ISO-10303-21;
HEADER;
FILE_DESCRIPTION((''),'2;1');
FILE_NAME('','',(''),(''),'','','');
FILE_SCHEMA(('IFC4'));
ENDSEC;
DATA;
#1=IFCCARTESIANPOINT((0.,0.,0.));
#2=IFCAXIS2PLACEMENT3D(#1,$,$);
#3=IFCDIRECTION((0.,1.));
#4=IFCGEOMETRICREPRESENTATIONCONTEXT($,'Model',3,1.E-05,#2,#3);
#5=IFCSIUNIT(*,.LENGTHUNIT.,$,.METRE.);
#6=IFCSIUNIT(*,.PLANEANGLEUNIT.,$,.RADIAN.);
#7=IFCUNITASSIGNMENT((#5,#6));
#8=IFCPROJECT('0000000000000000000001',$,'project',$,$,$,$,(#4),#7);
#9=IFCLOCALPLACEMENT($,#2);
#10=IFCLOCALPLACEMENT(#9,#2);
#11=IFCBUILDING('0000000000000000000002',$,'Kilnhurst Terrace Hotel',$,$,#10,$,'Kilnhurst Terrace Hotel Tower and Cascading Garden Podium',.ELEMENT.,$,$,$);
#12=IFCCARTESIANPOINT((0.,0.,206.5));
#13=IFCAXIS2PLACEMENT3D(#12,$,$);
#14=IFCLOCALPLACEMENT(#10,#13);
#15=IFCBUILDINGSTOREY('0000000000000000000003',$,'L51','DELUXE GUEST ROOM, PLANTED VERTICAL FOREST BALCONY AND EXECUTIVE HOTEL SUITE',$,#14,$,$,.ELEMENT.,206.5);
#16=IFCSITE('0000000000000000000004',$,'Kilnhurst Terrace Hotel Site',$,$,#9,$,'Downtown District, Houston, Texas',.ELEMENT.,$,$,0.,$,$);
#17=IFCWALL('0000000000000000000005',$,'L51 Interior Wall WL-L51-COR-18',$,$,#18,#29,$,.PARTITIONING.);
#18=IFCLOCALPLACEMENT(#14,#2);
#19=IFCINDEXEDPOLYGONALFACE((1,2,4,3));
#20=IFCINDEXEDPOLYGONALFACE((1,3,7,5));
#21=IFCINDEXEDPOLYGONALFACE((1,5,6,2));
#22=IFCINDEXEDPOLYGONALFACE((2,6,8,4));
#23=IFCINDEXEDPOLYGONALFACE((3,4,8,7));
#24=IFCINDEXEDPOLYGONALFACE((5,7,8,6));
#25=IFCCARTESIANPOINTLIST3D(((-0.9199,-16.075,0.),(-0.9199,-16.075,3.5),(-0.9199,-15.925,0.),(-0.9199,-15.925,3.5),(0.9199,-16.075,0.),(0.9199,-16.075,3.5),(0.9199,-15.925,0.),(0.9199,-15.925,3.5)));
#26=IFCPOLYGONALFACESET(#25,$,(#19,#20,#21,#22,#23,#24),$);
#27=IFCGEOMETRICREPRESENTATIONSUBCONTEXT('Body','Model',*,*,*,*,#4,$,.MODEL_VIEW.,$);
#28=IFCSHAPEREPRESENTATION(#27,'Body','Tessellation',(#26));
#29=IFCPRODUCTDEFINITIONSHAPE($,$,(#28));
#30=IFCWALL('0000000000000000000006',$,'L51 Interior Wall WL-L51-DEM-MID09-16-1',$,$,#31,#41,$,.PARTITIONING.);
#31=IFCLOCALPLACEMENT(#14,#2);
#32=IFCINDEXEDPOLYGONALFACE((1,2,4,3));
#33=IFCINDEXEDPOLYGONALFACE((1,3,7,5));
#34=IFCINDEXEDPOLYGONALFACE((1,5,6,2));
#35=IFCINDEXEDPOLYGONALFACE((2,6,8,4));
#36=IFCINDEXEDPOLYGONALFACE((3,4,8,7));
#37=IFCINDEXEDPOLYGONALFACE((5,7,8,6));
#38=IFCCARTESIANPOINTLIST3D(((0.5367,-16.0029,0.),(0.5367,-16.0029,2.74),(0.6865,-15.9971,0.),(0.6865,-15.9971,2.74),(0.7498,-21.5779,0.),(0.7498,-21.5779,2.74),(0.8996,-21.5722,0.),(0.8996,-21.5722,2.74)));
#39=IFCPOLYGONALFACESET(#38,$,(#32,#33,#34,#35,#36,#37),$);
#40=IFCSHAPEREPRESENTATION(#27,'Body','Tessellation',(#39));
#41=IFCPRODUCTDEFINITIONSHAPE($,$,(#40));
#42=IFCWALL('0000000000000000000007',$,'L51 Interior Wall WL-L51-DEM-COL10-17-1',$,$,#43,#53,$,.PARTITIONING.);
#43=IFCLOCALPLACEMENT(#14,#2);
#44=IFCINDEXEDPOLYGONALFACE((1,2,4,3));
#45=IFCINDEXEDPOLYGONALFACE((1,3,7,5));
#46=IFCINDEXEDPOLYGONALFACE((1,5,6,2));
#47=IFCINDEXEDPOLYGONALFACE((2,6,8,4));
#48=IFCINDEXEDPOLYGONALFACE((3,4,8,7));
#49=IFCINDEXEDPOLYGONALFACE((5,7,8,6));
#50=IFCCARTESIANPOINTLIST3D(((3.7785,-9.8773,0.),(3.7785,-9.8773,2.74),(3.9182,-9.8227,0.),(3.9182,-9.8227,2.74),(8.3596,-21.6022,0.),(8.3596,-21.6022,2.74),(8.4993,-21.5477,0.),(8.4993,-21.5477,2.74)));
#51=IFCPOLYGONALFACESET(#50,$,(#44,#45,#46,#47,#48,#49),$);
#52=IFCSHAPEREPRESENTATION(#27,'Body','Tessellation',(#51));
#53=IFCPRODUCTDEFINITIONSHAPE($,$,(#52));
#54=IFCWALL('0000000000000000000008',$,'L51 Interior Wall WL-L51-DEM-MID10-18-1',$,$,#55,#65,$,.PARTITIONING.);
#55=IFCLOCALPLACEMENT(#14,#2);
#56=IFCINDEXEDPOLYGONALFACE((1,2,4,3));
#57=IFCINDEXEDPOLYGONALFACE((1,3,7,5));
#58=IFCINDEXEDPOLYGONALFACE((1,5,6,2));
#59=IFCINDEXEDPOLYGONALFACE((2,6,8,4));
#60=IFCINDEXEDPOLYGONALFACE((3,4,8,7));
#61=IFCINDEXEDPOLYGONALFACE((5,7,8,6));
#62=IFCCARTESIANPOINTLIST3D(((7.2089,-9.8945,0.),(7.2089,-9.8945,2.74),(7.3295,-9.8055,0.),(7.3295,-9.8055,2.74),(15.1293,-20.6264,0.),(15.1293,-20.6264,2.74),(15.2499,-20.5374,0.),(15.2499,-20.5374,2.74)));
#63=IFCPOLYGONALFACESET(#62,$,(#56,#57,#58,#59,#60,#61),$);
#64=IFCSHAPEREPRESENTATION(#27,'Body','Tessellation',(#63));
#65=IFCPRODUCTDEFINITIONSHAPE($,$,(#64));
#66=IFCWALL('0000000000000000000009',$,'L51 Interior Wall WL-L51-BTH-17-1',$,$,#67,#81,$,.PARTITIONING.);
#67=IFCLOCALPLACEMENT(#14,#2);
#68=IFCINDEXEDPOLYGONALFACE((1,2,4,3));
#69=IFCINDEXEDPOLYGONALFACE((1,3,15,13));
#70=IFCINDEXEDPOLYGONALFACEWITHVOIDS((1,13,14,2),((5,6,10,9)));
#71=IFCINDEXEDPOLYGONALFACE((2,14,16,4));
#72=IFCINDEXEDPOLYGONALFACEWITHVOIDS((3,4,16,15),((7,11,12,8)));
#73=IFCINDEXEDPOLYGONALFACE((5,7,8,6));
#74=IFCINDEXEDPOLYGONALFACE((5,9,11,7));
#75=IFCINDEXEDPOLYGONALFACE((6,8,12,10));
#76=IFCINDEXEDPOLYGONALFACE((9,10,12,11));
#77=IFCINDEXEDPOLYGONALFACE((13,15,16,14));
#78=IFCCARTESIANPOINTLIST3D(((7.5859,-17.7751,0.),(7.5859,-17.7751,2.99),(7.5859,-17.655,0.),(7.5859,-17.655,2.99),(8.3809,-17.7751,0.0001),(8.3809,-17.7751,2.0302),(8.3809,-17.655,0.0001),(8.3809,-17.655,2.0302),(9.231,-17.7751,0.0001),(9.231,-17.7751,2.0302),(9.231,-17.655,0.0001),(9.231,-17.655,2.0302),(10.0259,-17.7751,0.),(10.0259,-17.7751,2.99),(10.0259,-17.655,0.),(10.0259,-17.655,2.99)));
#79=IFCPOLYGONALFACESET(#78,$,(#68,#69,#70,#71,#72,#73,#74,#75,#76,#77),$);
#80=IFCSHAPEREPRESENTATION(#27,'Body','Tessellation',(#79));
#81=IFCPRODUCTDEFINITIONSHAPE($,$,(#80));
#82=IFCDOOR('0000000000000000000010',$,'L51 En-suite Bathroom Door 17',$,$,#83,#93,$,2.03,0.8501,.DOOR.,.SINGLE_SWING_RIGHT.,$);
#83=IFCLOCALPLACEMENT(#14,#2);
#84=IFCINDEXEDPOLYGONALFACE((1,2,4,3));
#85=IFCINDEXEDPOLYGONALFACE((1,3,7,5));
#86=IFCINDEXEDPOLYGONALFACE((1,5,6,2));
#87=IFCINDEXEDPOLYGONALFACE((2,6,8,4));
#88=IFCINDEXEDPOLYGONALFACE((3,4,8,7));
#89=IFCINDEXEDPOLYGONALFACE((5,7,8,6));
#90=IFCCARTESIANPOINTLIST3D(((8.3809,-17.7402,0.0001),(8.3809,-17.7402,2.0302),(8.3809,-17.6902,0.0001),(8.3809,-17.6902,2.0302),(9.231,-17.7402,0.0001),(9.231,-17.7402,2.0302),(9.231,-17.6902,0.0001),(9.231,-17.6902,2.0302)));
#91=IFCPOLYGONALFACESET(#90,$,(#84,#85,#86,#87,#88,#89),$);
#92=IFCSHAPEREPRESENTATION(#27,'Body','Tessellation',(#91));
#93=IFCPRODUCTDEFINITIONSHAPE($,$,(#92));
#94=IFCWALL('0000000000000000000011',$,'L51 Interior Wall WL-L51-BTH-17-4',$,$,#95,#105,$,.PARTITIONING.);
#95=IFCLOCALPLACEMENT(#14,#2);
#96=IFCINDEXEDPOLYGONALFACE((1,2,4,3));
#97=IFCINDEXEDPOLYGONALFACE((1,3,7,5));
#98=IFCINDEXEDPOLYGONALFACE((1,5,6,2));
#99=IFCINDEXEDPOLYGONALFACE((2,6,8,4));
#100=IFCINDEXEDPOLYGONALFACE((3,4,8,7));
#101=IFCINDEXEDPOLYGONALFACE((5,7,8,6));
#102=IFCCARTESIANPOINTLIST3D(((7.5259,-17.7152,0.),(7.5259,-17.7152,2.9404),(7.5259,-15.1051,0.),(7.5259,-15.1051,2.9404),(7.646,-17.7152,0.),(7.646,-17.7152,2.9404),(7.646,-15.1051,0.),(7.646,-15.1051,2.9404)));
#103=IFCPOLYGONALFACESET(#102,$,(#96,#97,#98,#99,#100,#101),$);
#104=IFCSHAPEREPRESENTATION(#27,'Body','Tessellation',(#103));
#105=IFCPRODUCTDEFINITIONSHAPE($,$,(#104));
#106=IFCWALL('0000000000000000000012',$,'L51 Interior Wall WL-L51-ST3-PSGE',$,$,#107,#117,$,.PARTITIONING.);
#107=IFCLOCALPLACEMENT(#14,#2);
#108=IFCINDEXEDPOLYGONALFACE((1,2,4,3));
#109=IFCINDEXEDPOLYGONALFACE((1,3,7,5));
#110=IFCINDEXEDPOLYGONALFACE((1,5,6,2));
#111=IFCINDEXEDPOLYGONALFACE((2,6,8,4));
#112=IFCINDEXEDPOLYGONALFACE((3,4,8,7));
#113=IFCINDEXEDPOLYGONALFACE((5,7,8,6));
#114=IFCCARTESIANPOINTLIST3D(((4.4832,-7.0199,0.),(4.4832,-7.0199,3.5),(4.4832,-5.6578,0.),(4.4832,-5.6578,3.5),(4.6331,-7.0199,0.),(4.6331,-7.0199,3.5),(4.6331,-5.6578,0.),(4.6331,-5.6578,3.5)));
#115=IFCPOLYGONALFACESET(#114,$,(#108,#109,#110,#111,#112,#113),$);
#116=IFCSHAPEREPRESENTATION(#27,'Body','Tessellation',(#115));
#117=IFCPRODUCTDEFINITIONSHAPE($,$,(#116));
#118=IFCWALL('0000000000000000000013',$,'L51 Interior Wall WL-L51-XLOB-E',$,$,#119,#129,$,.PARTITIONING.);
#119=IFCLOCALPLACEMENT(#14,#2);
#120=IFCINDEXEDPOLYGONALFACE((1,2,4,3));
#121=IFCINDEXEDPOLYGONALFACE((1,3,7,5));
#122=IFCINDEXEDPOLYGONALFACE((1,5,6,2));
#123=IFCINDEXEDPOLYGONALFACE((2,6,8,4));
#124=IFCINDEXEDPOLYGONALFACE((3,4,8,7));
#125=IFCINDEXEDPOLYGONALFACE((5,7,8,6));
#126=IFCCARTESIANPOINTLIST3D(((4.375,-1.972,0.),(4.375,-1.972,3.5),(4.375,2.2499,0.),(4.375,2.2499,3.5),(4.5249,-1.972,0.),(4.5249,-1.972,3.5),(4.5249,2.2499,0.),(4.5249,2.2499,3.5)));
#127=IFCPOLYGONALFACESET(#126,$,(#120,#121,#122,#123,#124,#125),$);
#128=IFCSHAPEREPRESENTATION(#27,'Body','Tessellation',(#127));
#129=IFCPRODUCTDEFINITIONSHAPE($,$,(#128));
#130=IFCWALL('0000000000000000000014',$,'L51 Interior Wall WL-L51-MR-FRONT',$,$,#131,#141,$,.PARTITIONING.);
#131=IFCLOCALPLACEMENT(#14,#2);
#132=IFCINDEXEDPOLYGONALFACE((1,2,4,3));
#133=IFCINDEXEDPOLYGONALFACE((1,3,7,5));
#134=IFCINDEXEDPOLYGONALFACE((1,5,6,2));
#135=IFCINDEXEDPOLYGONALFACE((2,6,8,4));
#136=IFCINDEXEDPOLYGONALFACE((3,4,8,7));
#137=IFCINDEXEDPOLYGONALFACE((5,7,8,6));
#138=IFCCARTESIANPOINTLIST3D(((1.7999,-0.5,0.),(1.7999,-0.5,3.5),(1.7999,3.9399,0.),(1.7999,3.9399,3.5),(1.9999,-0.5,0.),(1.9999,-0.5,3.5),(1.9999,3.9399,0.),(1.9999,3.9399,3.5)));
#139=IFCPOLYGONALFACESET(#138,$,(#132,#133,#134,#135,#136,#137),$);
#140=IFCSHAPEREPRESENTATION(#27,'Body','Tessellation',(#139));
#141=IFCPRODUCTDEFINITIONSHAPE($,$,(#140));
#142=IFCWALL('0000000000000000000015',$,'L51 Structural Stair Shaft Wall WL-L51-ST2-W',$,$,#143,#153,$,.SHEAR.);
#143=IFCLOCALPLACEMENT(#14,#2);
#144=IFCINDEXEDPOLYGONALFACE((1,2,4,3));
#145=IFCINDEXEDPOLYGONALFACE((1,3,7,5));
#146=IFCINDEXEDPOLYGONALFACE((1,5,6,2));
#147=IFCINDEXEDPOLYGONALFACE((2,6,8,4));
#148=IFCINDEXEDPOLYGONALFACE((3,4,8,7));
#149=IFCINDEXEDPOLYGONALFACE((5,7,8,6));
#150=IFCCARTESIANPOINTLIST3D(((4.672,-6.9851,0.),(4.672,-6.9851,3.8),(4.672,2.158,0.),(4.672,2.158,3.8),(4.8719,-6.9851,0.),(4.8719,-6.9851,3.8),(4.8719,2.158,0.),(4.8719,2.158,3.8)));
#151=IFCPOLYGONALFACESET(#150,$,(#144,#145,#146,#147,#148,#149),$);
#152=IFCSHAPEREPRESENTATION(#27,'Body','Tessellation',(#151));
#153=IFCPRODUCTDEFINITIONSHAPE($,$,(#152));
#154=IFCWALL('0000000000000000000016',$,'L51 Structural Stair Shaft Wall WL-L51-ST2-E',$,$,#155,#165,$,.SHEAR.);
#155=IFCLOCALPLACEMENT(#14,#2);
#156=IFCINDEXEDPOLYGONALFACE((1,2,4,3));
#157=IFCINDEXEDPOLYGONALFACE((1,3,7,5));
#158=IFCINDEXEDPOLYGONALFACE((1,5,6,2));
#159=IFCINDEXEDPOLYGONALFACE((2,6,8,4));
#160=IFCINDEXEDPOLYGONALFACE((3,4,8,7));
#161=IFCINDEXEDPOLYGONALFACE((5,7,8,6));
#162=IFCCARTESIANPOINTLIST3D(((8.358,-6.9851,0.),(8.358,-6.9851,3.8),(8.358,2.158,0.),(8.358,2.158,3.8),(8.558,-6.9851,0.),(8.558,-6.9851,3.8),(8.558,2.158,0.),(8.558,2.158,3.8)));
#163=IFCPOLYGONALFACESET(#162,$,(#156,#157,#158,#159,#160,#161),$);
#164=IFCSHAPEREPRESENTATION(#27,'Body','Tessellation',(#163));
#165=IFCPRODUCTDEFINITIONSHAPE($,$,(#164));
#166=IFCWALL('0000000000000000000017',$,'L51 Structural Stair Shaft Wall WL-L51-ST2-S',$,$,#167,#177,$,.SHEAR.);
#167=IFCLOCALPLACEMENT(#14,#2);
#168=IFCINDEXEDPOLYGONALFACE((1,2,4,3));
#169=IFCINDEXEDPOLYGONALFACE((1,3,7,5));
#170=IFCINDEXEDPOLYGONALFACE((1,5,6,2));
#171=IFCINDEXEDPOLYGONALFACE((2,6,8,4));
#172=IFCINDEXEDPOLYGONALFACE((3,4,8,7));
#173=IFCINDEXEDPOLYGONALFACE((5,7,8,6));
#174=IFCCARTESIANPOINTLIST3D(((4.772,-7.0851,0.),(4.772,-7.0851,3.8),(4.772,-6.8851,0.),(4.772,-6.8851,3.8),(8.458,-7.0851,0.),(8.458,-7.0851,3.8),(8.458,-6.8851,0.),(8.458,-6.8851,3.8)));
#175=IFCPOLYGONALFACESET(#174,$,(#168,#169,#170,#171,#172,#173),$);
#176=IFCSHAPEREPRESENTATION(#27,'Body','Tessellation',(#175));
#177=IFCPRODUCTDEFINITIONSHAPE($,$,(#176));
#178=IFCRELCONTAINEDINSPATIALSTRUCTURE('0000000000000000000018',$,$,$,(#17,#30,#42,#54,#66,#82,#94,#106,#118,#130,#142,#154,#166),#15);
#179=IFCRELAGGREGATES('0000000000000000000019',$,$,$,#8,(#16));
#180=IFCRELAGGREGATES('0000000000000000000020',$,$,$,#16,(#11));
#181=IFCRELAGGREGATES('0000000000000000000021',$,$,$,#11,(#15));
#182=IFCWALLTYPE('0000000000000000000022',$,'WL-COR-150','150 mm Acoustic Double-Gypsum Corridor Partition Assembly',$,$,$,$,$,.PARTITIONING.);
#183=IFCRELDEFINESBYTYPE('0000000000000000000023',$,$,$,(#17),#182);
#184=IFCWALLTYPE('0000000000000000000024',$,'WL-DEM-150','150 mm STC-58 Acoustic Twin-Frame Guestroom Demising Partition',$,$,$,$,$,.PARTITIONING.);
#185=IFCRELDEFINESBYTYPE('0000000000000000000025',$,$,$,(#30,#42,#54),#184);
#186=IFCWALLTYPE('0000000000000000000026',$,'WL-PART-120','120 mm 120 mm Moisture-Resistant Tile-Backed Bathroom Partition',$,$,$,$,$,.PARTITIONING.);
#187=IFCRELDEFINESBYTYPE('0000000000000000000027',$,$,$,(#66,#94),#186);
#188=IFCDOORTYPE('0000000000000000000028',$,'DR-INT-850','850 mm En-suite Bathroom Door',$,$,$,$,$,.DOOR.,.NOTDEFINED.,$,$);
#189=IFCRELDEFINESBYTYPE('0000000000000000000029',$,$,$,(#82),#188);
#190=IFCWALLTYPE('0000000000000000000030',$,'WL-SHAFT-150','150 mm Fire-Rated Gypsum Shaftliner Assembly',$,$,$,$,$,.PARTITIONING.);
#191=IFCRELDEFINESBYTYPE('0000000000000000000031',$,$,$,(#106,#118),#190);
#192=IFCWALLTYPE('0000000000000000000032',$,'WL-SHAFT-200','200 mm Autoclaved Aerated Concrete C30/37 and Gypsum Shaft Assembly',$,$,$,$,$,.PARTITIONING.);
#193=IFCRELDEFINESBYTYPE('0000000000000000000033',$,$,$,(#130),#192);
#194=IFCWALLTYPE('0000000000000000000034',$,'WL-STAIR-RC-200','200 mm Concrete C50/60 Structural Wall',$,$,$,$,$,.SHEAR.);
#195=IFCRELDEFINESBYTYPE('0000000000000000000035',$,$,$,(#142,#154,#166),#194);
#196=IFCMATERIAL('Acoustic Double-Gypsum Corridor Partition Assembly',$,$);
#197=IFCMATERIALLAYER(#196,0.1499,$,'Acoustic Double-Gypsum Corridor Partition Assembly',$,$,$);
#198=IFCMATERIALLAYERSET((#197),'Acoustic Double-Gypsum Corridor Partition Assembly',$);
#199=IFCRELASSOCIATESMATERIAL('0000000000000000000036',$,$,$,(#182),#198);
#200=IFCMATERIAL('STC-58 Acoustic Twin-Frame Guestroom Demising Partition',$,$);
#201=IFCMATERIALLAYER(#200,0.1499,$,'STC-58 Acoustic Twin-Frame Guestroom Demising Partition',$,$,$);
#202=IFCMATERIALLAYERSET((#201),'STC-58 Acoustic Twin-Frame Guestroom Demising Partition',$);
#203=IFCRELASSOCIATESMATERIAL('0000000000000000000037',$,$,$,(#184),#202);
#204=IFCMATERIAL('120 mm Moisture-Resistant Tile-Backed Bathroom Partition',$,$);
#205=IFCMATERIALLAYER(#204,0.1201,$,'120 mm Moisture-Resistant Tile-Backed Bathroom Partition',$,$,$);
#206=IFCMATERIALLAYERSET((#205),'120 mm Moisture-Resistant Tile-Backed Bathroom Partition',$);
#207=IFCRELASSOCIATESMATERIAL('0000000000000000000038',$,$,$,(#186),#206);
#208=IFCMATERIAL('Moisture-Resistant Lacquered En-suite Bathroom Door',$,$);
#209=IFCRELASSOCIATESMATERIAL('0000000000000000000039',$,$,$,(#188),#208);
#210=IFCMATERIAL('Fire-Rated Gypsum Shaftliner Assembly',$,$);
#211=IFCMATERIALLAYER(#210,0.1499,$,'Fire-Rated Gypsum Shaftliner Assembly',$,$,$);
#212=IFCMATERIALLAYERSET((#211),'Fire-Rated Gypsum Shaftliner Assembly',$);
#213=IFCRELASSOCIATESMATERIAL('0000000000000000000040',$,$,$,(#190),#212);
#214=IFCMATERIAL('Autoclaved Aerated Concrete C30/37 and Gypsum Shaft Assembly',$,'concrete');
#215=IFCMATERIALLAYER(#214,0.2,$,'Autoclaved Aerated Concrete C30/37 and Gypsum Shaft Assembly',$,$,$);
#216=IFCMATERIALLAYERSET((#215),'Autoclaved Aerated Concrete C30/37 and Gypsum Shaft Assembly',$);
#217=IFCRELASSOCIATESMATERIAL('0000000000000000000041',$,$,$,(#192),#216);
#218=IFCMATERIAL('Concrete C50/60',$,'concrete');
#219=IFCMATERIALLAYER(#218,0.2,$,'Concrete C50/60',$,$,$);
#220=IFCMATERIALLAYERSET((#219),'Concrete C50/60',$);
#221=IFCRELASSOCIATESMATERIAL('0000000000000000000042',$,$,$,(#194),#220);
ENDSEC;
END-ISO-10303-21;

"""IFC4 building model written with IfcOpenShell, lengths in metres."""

from ifc_helpers import new_model, si_unit, direction, frame, frame_2d, origin, place, context, subcontext, project, spatial, rectangle, extrude, material, layer, layer_set, type_object, element, fill, save


model = new_model("IFC4")

# Units and contexts
model_context = context("Model", 3, precision=1e-05, world=origin(), true_north=direction((0.0, 1.0)))
body_context = subcontext(model_context, "Body", "Model", "MODEL_VIEW")
ifc_project = project(units=[si_unit("LENGTHUNIT", "METRE"), si_unit("PLANEANGLEUNIT", "RADIAN")], contexts=[model_context])

# Site, building, storey
site_placement = place(None, origin())
site = spatial("IfcSite", under=ifc_project, at=site_placement, Name="Kilnhurst Terrace Hotel Site", LongName="Downtown District, Houston, Texas", CompositionType="ELEMENT", RefElevation=0.0)
building_placement = place(site_placement, origin())
building = spatial("IfcBuilding", under=site, at=building_placement, Name="Kilnhurst Terrace Hotel", LongName="Kilnhurst Terrace Hotel Tower and Cascading Garden Podium", CompositionType="ELEMENT")
storey_placement = place(building_placement, frame((0.0, 0.0, 206.5)))
storey = spatial("IfcBuildingStorey", under=building, at=storey_placement, Name="L51", Description="DELUXE GUEST ROOM, PLANTED VERTICAL FOREST BALCONY AND EXECUTIVE HOTEL SUITE", CompositionType="ELEMENT", Elevation=206.5)

# Shared definitions
ifc_material_1 = material(Name="Concrete C50/60", Category="concrete")

# Walls
ifc_material_2 = material(Name="Acoustic Double-Gypsum Corridor Partition Assembly")
ifc_layer_1 = layer(ifc_material_2, 0.1499, Name="Acoustic Double-Gypsum Corridor Partition Assembly")
ifc_layer_set_1 = layer_set([ifc_layer_1], Name="Acoustic Double-Gypsum Corridor Partition Assembly")
wall_type_1 = type_object("IfcWallType", Name="WL-COR-150", Description="150 mm Acoustic Double-Gypsum Corridor Partition Assembly", PredefinedType="PARTITIONING", material=ifc_layer_set_1)
wall_1_placement = place(storey_placement, frame((0.9199, -16.0, 0.0), z_axis=(0.0, 0.0, 1.0), x_axis=(-1.0, 0.0, 0.0)))
element("IfcWall", 1, at=wall_1_placement, inside=storey, type_object=wall_type_1, Name="L51 Interior Wall WL-L51-COR-18", PredefinedType="PARTITIONING", context=body_context, shape_type="SweptSolid", body=[
    extrude(rectangle(XDim=1.8398, YDim=0.1499, at=frame_2d((0.9199, 0.0))), origin(), (0.0, 0.0, 1.0), 3.5),
])
ifc_material_3 = material(Name="STC-58 Acoustic Twin-Frame Guestroom Demising Partition")
ifc_layer_2 = layer(ifc_material_3, 0.1499, Name="STC-58 Acoustic Twin-Frame Guestroom Demising Partition")
ifc_layer_set_2 = layer_set([ifc_layer_2], Name="STC-58 Acoustic Twin-Frame Guestroom Demising Partition")
wall_type_2 = type_object("IfcWallType", Name="WL-DEM-150", Description="150 mm STC-58 Acoustic Twin-Frame Guestroom Demising Partition", PredefinedType="PARTITIONING", material=ifc_layer_set_2)
wall_2_placement = place(storey_placement, frame((0.6116, -16.0, 0.0), z_axis=(0.0, 0.0, 1.0), x_axis=(0.038203, -0.99927, 0.0)))
element("IfcWall", 2, at=wall_2_placement, inside=storey, type_object=wall_type_2, Name="L51 Interior Wall WL-L51-DEM-MID09-16-1", PredefinedType="PARTITIONING", context=body_context, shape_type="SweptSolid", body=[
    extrude(rectangle(XDim=5.5791, YDim=0.1499, at=frame_2d((2.7896, 0.0))), origin(), (0.0, 0.0, 1.0), 2.74),
])
wall_3_placement = place(storey_placement, frame((3.8484, -9.8501, 0.0), z_axis=(0.0, 0.0, 1.0), x_axis=(0.363922, -0.93143, 0.0)))
element("IfcWall", 3, at=wall_3_placement, inside=storey, type_object=wall_type_2, Name="L51 Interior Wall WL-L51-DEM-COL10-17-1", PredefinedType="PARTITIONING", context=body_context, shape_type="SweptSolid", body=[
    extrude(rectangle(XDim=12.5881, YDim=0.1499, at=frame_2d((6.2939, 0.0))), origin(), (0.0, 0.0, 1.0), 2.74),
])
wall_4_placement = place(storey_placement, frame((7.2693, -9.8501, 0.0), z_axis=(0.0, 0.0, 1.0), x_axis=(0.593814, -0.804602, 0.0)))
element("IfcWall", 4, at=wall_4_placement, inside=storey, type_object=wall_type_2, Name="L51 Interior Wall WL-L51-DEM-MID10-18-1", PredefinedType="PARTITIONING", context=body_context, shape_type="SweptSolid", body=[
    extrude(rectangle(XDim=13.3381, YDim=0.1499, at=frame_2d((6.6689, 0.0))), origin(), (0.0, 0.0, 1.0), 2.74),
])

# Wall, opening, door
ifc_material_4 = material(Name="120 mm Moisture-Resistant Tile-Backed Bathroom Partition")
ifc_layer_3 = layer(ifc_material_4, 0.1201, Name="120 mm Moisture-Resistant Tile-Backed Bathroom Partition")
ifc_layer_set_3 = layer_set([ifc_layer_3], Name="120 mm Moisture-Resistant Tile-Backed Bathroom Partition")
wall_type_3 = type_object("IfcWallType", Name="WL-PART-120", Description="120 mm 120 mm Moisture-Resistant Tile-Backed Bathroom Partition", PredefinedType="PARTITIONING", material=ifc_layer_set_3)
wall_5_placement = place(storey_placement, frame((7.5859, -17.7151, 0.0), z_axis=(0.0, 0.0, 1.0), x_axis=(1.0, 0.0, 0.0)))
wall_5 = element("IfcWall", 5, at=wall_5_placement, inside=storey, type_object=wall_type_3, Name="L51 Interior Wall WL-L51-BTH-17-1", PredefinedType="PARTITIONING", context=body_context, shape_type="SweptSolid", body=[
    extrude(rectangle(XDim=2.4399, YDim=0.1201, at=frame_2d((1.22, 0.0))), origin(), (0.0, 0.0, 1.0), 2.99),
])
opening_placement = place(wall_5_placement, frame((0.7949, 0.0, 0.0)))
opening = element("IfcOpeningElement", 6, at=opening_placement, cuts=wall_5, PredefinedType="OPENING", context=body_context, shape_type="SweptSolid", body=[
    extrude(rectangle(XDim=0.8501, YDim=2.03, at=frame_2d((0.425, 1.0151))), frame((0.0, 0.0701, 0.0), z_axis=(0.0, -1.0, 0.0), x_axis=(1.0, 0.0, 0.0)), (0.0, 0.0, 1.0), 0.1401),
])
ifc_material_5 = material(Name="Moisture-Resistant Lacquered En-suite Bathroom Door")
door_type = type_object("IfcDoorType", Name="DR-INT-850", Description="850 mm En-suite Bathroom Door", OperationType="NOTDEFINED", PredefinedType="DOOR", material=ifc_material_5)
door_placement = place(opening_placement, origin())
door = element("IfcDoor", 7, at=door_placement, inside=storey, type_object=door_type, Name="L51 En-suite Bathroom Door 17", OperationType="SINGLE_SWING_RIGHT", OverallHeight=2.03, OverallWidth=0.8501, PredefinedType="DOOR", context=body_context, shape_type="SweptSolid", body=[
    extrude(rectangle(XDim=0.8501, YDim=2.03, at=frame_2d((0.425, 1.0151))), frame((0.0, 0.0249, 0.0), z_axis=(0.0, -1.0, 0.0), x_axis=(1.0, 0.0, 0.0)), (0.0, 0.0, 1.0), 0.05),
])
fill(opening, door)

# Walls
wall_6_placement = place(storey_placement, frame((7.5859, -15.105, 0.0), z_axis=(0.0, 0.0, 1.0), x_axis=(0.0, -1.0, 0.0)))
element("IfcWall", 8, at=wall_6_placement, inside=storey, type_object=wall_type_3, Name="L51 Interior Wall WL-L51-BTH-17-4", PredefinedType="PARTITIONING", context=body_context, shape_type="SweptSolid", body=[
    extrude(rectangle(XDim=2.6101, YDim=0.1201, at=frame_2d((1.3052, 0.0))), origin(), (0.0, 0.0, 1.0), 2.9404),
])
ifc_material_6 = material(Name="Fire-Rated Gypsum Shaftliner Assembly")
ifc_layer_4 = layer(ifc_material_6, 0.1499, Name="Fire-Rated Gypsum Shaftliner Assembly")
ifc_layer_set_4 = layer_set([ifc_layer_4], Name="Fire-Rated Gypsum Shaftliner Assembly")
wall_type_4 = type_object("IfcWallType", Name="WL-SHAFT-150", Description="150 mm Fire-Rated Gypsum Shaftliner Assembly", PredefinedType="PARTITIONING", material=ifc_layer_set_4)
wall_7_placement = place(storey_placement, frame((4.5581, -7.02, 0.0), z_axis=(0.0, 0.0, 1.0), x_axis=(0.0, 1.0, 0.0)))
element("IfcWall", 9, at=wall_7_placement, inside=storey, type_object=wall_type_4, Name="L51 Interior Wall WL-L51-ST3-PSGE", PredefinedType="PARTITIONING", context=body_context, shape_type="SweptSolid", body=[
    extrude(rectangle(XDim=1.3621, YDim=0.1499, at=frame_2d((0.6812, 0.0))), origin(), (0.0, 0.0, 1.0), 3.5),
])
wall_8_placement = place(storey_placement, frame((4.45, -1.9719, 0.0), z_axis=(0.0, 0.0, 1.0), x_axis=(0.0, 1.0, 0.0)))
element("IfcWall", 10, at=wall_8_placement, inside=storey, type_object=wall_type_4, Name="L51 Interior Wall WL-L51-XLOB-E", PredefinedType="PARTITIONING", context=body_context, shape_type="SweptSolid", body=[
    extrude(rectangle(XDim=4.2219, YDim=0.1499, at=frame_2d((2.1108, 0.0))), origin(), (0.0, 0.0, 1.0), 3.5),
])
ifc_material_7 = material(Name="Autoclaved Aerated Concrete C30/37 and Gypsum Shaft Assembly", Category="concrete")
ifc_layer_5 = layer(ifc_material_7, 0.2, Name="Autoclaved Aerated Concrete C30/37 and Gypsum Shaft Assembly")
ifc_layer_set_5 = layer_set([ifc_layer_5], Name="Autoclaved Aerated Concrete C30/37 and Gypsum Shaft Assembly")
wall_type_5 = type_object("IfcWallType", Name="WL-SHAFT-200", Description="200 mm Autoclaved Aerated Concrete C30/37 and Gypsum Shaft Assembly", PredefinedType="PARTITIONING", material=ifc_layer_set_5)
wall_9_placement = place(storey_placement, frame((1.8999, -0.5, 0.0), z_axis=(0.0, 0.0, 1.0), x_axis=(0.0, 1.0, 0.0)))
element("IfcWall", 11, at=wall_9_placement, inside=storey, type_object=wall_type_5, Name="L51 Interior Wall WL-L51-MR-FRONT", PredefinedType="PARTITIONING", context=body_context, shape_type="SweptSolid", body=[
    extrude(rectangle(XDim=4.4399, YDim=0.2, at=frame_2d((2.22, 0.0))), origin(), (0.0, 0.0, 1.0), 3.5),
])
ifc_layer_6 = layer(ifc_material_1, 0.2, Name="Concrete C50/60")
ifc_layer_set_6 = layer_set([ifc_layer_6], Name="Concrete C50/60")
wall_type_6 = type_object("IfcWallType", Name="WL-STAIR-RC-200", Description="200 mm Concrete C50/60 Structural Wall", PredefinedType="SHEAR", material=ifc_layer_set_6)
for number, where, z_axis, x_axis, name in (
    (12, (4.772, -6.9851, 0.0), (0.0, 0.0, 1.0), (0.0, 1.0, 0.0), "L51 Structural Stair Shaft Wall WL-L51-ST2-W"),
    (13, (8.458, -6.9851, 0.0), (0.0, 0.0, 1.0), (0.0, 1.0, 0.0), "L51 Structural Stair Shaft Wall WL-L51-ST2-E"),
):
    element("IfcWall", number, at=place(storey_placement, frame(where, z_axis=z_axis, x_axis=x_axis)), inside=storey, type_object=wall_type_6, Name=name, PredefinedType="SHEAR", context=body_context, shape_type="SweptSolid", body=[
        extrude(rectangle(XDim=9.1431, YDim=0.2, at=frame_2d((4.5715, 0.0))), origin(), (0.0, 0.0, 1.0), 3.8),
    ])
for number, where, z_axis, x_axis, name in (
    (14, (4.772, -6.9851, 0.0), (0.0, 0.0, 1.0), (1.0, 0.0, 0.0), "L51 Structural Stair Shaft Wall WL-L51-ST2-S"),
):
    element("IfcWall", number, at=place(storey_placement, frame(where, z_axis=z_axis, x_axis=x_axis)), inside=storey, type_object=wall_type_6, Name=name, PredefinedType="SHEAR", context=body_context, shape_type="SweptSolid", body=[
        extrude(rectangle(XDim=3.686, YDim=0.2, at=frame_2d((1.843, 0.0))), origin(), (0.0, 0.0, 1.0), 3.8),
    ])

save(model, "model.ifc")
